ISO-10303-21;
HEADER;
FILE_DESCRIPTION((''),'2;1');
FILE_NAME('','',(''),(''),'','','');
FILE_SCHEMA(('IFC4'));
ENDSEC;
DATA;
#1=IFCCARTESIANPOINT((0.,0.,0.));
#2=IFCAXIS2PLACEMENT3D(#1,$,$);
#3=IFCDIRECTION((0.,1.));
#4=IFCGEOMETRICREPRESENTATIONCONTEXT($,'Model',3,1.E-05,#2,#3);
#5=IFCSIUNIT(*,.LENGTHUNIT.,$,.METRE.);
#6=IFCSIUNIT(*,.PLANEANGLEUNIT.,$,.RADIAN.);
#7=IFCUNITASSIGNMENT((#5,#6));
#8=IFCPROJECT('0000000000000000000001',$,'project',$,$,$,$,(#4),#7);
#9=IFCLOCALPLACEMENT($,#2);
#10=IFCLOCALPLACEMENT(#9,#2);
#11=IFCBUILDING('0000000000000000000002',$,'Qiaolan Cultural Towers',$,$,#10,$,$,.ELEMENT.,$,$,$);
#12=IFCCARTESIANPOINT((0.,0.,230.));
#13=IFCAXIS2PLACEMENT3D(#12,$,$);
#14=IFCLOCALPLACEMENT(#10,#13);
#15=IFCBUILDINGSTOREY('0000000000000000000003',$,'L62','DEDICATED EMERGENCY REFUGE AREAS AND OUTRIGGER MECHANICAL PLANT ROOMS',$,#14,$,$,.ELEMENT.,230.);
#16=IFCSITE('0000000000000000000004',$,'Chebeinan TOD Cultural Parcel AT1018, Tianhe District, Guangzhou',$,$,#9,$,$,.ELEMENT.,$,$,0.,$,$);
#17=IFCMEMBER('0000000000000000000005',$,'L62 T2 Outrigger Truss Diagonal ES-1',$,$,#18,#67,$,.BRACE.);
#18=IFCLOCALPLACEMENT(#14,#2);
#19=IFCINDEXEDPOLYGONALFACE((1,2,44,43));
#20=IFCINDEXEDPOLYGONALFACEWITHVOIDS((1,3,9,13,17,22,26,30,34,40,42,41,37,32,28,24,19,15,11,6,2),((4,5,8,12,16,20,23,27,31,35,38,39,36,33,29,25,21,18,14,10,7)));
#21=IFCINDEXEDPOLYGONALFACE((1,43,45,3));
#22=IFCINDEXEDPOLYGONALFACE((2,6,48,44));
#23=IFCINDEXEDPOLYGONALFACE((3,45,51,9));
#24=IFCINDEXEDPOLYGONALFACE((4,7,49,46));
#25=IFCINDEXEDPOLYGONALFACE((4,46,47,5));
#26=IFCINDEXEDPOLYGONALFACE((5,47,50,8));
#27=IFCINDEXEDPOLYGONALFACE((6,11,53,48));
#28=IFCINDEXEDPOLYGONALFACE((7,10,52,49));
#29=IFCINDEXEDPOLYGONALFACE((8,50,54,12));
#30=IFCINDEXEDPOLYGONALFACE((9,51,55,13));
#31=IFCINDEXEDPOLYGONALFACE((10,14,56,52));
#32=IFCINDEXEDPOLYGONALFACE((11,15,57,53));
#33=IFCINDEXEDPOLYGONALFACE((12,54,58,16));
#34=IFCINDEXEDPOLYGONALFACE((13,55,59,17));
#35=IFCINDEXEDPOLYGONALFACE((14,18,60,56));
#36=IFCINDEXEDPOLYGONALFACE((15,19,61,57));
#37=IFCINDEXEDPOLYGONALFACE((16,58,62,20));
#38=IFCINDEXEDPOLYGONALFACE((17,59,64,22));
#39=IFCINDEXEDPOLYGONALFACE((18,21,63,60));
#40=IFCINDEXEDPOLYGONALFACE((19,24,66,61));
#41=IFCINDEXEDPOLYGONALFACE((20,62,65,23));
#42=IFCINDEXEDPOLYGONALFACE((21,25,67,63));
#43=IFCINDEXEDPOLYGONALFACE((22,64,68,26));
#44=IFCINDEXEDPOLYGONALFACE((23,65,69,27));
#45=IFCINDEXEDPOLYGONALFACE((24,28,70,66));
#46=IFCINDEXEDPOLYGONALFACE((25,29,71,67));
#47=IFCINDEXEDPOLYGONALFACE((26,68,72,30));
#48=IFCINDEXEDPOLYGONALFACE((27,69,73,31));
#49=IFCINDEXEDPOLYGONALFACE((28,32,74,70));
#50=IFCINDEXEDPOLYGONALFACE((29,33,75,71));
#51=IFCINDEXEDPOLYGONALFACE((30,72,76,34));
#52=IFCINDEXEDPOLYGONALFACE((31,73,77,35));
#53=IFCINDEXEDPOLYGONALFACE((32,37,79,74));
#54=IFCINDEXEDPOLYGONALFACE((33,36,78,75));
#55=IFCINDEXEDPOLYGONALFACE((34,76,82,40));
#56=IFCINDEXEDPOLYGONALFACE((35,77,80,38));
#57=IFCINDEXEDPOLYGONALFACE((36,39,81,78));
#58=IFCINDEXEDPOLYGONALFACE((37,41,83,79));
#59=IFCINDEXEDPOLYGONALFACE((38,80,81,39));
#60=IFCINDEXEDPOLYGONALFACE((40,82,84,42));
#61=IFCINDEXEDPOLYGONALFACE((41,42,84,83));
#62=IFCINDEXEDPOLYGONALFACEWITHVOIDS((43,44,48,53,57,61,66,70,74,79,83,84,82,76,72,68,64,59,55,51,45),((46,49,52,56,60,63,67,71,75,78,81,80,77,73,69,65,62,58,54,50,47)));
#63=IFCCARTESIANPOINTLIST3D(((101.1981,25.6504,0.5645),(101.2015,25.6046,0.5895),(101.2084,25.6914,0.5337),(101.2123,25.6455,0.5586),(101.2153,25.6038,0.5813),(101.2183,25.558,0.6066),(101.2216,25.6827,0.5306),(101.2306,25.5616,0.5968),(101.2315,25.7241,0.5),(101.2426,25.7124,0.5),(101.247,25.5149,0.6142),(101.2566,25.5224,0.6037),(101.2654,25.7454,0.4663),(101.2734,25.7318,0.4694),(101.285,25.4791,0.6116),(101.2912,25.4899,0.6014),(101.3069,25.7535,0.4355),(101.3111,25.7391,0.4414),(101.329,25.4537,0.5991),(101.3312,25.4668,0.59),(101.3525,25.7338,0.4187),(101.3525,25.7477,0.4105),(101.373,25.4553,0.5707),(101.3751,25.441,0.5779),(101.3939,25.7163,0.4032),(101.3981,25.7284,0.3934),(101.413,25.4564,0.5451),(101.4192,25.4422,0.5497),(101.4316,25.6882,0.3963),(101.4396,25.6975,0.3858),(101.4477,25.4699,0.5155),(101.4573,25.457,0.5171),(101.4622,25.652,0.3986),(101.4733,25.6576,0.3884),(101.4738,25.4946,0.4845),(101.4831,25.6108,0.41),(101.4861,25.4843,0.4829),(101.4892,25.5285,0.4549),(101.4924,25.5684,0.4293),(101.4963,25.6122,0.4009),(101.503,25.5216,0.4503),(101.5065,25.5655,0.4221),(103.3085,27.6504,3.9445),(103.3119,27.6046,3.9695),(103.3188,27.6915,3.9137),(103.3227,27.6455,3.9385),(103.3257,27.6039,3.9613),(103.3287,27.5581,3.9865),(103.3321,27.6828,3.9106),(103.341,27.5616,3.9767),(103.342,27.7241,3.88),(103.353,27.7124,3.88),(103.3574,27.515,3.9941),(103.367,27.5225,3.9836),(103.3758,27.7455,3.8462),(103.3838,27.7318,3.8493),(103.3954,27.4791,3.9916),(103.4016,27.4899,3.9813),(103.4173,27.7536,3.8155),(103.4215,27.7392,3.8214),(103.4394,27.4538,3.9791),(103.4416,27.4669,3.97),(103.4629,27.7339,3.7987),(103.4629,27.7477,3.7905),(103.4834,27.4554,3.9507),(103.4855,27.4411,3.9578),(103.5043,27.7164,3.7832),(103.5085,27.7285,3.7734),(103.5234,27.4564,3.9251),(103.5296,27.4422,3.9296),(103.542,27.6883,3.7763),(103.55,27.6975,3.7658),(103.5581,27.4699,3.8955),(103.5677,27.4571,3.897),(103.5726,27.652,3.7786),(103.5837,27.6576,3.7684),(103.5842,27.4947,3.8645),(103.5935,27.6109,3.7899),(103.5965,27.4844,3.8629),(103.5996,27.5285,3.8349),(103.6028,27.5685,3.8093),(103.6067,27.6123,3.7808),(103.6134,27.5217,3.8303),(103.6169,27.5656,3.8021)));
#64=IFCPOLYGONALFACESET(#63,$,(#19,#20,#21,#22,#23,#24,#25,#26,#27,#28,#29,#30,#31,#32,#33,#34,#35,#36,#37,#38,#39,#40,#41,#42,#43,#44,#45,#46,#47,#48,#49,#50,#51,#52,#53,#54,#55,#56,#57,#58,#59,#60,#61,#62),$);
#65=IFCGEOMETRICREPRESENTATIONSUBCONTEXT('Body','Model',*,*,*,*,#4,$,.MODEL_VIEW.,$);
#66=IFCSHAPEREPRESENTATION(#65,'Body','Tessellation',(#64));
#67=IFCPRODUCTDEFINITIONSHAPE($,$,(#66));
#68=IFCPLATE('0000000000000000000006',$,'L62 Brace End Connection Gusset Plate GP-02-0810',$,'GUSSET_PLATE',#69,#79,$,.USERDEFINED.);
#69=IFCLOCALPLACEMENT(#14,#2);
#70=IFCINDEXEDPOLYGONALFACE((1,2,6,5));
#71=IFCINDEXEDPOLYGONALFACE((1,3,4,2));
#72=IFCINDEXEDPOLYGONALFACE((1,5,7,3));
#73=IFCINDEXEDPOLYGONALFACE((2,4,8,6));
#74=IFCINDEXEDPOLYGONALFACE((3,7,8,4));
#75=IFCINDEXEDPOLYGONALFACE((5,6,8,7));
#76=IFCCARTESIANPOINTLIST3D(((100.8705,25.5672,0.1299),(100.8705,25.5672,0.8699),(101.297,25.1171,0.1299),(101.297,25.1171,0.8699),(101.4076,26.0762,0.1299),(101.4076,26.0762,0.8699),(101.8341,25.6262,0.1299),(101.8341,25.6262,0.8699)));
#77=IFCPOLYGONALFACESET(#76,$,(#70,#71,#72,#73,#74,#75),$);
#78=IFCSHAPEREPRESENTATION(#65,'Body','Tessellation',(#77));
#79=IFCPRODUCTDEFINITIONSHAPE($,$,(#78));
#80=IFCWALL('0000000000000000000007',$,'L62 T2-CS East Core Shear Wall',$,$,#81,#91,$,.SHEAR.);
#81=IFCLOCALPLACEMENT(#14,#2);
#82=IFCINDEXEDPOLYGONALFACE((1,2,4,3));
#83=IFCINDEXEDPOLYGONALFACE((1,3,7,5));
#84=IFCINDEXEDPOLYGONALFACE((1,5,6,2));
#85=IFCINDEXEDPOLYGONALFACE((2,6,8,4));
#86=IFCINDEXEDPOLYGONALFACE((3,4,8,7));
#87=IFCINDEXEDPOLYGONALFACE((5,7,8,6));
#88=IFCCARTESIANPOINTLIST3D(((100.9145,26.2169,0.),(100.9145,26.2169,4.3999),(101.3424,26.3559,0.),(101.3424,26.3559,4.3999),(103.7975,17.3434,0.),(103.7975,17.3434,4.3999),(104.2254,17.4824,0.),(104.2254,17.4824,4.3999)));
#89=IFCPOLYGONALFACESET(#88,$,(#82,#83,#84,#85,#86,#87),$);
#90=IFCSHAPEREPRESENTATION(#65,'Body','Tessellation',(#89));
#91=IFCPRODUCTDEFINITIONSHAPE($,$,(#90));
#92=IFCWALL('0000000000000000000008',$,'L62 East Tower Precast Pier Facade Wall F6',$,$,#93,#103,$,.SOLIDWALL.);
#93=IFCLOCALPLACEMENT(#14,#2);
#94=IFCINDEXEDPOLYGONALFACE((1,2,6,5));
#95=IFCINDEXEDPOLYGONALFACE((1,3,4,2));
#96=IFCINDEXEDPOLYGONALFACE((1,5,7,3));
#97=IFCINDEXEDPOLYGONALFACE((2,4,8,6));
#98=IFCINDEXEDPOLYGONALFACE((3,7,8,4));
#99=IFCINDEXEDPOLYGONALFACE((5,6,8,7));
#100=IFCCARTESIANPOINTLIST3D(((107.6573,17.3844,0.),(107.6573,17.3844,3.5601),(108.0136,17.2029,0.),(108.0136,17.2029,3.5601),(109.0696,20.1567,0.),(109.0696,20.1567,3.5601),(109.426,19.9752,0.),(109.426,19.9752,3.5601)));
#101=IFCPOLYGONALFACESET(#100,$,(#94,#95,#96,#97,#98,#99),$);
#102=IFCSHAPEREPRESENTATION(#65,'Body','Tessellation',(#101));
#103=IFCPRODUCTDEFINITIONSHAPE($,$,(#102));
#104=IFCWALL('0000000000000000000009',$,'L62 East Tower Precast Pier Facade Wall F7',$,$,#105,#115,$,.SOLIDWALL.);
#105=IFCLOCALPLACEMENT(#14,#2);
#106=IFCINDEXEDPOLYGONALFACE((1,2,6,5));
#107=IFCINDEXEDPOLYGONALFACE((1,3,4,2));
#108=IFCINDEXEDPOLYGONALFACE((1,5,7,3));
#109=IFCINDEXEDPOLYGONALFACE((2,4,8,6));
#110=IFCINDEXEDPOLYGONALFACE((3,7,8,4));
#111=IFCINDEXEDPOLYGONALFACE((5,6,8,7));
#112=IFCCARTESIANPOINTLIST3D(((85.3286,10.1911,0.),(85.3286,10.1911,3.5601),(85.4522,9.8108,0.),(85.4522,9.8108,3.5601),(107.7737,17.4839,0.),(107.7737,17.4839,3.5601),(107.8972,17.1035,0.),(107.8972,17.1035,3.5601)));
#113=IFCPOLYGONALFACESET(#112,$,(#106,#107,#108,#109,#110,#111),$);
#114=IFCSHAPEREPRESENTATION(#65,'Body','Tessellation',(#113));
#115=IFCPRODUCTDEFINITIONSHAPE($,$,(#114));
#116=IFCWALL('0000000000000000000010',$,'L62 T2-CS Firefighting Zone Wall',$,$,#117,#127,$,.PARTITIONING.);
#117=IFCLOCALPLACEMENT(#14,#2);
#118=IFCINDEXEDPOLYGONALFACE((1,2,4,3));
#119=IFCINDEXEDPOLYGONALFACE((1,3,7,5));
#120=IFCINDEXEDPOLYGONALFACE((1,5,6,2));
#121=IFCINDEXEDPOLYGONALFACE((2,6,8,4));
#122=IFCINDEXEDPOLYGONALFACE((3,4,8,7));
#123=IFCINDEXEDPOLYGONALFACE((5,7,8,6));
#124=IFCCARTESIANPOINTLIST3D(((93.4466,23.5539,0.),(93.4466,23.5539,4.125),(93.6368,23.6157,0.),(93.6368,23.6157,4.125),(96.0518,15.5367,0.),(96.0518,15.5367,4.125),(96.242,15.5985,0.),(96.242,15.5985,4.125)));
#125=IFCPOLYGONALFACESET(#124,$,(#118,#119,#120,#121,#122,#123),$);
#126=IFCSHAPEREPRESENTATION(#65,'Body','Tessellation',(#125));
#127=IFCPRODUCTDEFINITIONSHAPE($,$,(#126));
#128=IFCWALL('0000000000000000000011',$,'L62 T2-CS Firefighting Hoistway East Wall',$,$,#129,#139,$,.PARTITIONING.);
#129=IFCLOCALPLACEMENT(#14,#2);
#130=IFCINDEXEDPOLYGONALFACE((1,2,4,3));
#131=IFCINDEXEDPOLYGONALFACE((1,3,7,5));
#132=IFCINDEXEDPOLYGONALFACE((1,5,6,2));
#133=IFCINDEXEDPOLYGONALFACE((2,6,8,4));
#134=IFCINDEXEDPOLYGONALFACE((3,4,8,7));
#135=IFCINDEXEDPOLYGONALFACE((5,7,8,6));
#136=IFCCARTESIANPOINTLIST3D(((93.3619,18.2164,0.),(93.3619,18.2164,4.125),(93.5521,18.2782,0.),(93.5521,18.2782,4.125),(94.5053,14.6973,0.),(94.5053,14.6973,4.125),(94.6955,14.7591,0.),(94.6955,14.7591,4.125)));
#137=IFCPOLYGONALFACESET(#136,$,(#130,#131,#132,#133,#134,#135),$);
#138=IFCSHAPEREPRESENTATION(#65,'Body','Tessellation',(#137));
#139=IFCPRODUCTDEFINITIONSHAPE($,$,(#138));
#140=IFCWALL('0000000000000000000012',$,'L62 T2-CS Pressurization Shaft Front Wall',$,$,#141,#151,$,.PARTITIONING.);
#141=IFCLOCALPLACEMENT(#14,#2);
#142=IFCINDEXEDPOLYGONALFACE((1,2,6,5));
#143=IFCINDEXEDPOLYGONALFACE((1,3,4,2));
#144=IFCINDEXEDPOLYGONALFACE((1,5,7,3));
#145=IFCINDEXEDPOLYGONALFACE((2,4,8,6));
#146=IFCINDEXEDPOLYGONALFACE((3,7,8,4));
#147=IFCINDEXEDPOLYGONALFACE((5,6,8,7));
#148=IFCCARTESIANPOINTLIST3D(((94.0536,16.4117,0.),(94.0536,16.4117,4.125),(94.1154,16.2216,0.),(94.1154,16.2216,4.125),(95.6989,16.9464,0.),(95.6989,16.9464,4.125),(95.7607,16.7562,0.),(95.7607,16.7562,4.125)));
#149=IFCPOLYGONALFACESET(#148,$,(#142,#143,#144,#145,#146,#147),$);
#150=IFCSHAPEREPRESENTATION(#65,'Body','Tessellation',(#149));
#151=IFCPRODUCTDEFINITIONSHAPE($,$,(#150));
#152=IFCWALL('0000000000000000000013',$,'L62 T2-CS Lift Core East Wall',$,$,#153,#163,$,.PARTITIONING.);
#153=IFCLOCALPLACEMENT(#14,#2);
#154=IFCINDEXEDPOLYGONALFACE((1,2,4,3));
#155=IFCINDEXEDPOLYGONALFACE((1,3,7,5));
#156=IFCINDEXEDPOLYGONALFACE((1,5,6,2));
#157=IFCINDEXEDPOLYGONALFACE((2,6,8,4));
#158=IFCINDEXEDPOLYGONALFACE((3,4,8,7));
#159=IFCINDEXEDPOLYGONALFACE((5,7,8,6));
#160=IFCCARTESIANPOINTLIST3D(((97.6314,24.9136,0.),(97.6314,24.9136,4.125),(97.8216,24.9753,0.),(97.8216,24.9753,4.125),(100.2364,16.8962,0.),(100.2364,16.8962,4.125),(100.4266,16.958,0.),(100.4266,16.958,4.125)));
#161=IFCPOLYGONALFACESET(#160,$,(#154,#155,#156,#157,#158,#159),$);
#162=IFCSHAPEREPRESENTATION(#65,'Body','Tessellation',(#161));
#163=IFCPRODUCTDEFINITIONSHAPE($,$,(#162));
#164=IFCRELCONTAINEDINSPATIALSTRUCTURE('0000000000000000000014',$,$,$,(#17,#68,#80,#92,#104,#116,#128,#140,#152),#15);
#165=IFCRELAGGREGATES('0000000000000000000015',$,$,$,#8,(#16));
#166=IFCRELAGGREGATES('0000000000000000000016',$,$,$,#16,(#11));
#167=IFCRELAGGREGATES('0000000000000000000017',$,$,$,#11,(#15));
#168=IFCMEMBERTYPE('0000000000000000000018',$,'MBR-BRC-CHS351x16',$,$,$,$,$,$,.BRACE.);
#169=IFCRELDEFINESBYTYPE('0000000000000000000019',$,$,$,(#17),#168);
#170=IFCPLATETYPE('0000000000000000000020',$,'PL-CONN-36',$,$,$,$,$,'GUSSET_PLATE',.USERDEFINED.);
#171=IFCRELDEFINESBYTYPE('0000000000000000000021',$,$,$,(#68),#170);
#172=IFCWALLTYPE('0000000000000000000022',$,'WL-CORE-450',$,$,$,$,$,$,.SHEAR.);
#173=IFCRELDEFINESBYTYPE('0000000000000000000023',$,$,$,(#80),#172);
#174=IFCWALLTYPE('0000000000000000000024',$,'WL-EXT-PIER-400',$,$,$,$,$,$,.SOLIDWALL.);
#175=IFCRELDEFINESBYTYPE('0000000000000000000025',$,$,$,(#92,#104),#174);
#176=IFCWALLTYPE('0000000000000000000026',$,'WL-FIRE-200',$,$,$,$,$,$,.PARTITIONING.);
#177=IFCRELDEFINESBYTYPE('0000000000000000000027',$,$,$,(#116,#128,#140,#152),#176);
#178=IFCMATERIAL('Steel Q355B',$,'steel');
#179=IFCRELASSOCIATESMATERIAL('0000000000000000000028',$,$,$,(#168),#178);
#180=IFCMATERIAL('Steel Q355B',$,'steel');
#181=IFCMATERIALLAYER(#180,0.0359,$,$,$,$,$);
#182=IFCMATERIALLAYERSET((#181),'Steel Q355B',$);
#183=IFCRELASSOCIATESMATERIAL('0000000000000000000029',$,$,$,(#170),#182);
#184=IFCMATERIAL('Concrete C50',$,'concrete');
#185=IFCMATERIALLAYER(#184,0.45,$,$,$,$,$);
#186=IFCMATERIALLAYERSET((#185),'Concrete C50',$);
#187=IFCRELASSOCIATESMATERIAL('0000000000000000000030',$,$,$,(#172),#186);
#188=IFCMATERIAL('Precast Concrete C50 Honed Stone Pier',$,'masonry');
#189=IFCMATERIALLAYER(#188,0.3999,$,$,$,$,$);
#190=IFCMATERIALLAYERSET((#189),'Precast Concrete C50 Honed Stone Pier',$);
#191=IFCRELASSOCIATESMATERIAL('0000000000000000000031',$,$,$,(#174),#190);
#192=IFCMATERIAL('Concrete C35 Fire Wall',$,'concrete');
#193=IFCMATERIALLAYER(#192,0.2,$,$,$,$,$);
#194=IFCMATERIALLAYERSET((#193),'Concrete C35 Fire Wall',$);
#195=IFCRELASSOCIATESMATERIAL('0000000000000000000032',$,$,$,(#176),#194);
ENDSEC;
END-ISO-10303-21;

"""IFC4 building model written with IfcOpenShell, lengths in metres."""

from ifc_helpers import new_model, si_unit, direction, frame, frame_2d, origin, origin_2d, place, context, subcontext, project, spatial, rectangle, hollow_circle, extrude, material, layer, layer_set, material_profile, profile_set, type_object, element, save


model = new_model("IFC4")

# Units and contexts
model_context = context("Model", 3, precision=1e-05, world=origin(), true_north=direction((0.0, 1.0)))
body_context = subcontext(model_context, "Body", "Model", "MODEL_VIEW")
ifc_project = project(units=[si_unit("LENGTHUNIT", "METRE"), si_unit("PLANEANGLEUNIT", "RADIAN")], contexts=[model_context])

# Site, building, storey
site_placement = place(None, origin())
site = spatial("IfcSite", under=ifc_project, at=site_placement, Name="Chebeinan TOD Cultural Parcel AT1018, Tianhe District, Guangzhou", CompositionType="ELEMENT", RefElevation=0.0)
building_placement = place(site_placement, origin())
building = spatial("IfcBuilding", under=site, at=building_placement, Name="Qiaolan Cultural Towers", CompositionType="ELEMENT")
storey_placement = place(building_placement, frame((0.0, 0.0, 230.0)))
storey = spatial("IfcBuildingStorey", under=building, at=storey_placement, Name="L62", Description="DEDICATED EMERGENCY REFUGE AREAS AND OUTRIGGER MECHANICAL PLANT ROOMS", CompositionType="ELEMENT", Elevation=230.0)

# Member
ifc_material_1 = material(Name="Steel Q355B", Category="steel")
ifc_material_profile_1 = material_profile(ifc_material_1, hollow_circle(Radius=0.1755, WallThickness=0.0161, at=origin_2d()), Name="CHS351x16")
ifc_profile_set_1 = profile_set([ifc_material_profile_1], Name="Steel Q355B")
member_type = type_object("IfcMemberType", Name="MBR-BRC-CHS351x16", PredefinedType="BRACE", material=ifc_profile_set_1)
member_placement = place(storey_placement, frame((101.3523, 25.5967, 0.5), z_axis=(0.473344, 0.448593, 0.758096), x_axis=(-0.687875, 0.725829, 0.0)))
element("IfcMember", 1, at=member_placement, inside=storey, type_object=member_type, Name="L62 T2 Outrigger Truss Diagonal ES-1", PredefinedType="BRACE", context=body_context, shape_type="SweptSolid", body=[
    extrude(hollow_circle(Radius=0.1755, WallThickness=0.0161, at=origin_2d()), origin(), (0.0, 0.0, 1.0), 4.4585),
])

# Plate
ifc_material_2 = material(Name="Steel Q355B", Category="steel")
ifc_layer_1 = layer(ifc_material_2, 0.0359)
ifc_layer_set_1 = layer_set([ifc_layer_1], Name="Steel Q355B")
plate_type = type_object("IfcPlateType", Name="PL-CONN-36", ElementType="GUSSET_PLATE", PredefinedType="USERDEFINED", material=ifc_layer_set_1)
plate_placement = place(storey_placement, frame((101.3523, 25.5967, 0.1299), z_axis=(0.0, 0.0, 1.0), x_axis=(0.725815, 0.68789, 0.0)))
element("IfcPlate", 2, at=plate_placement, inside=storey, type_object=plate_type, Name="L62 Brace End Connection Gusset Plate GP-02-0810", ObjectType="GUSSET_PLATE", PredefinedType="USERDEFINED", context=body_context, shape_type="SweptSolid", body=[
    extrude(rectangle(XDim=0.74, YDim=0.6201, at=origin_2d()), origin(), (0.0, 0.0, 1.0), 0.74),
])

# Walls
ifc_material_3 = material(Name="Concrete C50", Category="concrete")
ifc_layer_2 = layer(ifc_material_3, 0.45)
ifc_layer_set_2 = layer_set([ifc_layer_2], Name="Concrete C50")
wall_type_1 = type_object("IfcWallType", Name="WL-CORE-450", PredefinedType="SHEAR", material=ifc_layer_set_2)
wall_1_placement = place(storey_placement, frame((101.1284, 26.2864, 0.0), z_axis=(0.0, 0.0, 1.0), x_axis=(0.309004, -0.951061, 0.0)))
element("IfcWall", 3, at=wall_1_placement, inside=storey, type_object=wall_type_1, Name="L62 T2-CS East Core Shear Wall", PredefinedType="SHEAR", context=body_context, shape_type="SweptSolid", body=[
    extrude(rectangle(XDim=9.3301, YDim=0.45, at=frame_2d((4.665, 0.0))), origin(), (0.0, 0.0, 1.0), 4.3999),
])
ifc_material_4 = material(Name="Precast Concrete C50 Honed Stone Pier", Category="masonry")
ifc_layer_3 = layer(ifc_material_4, 0.3999)
ifc_layer_set_3 = layer_set([ifc_layer_3], Name="Precast Concrete C50 Honed Stone Pier")
wall_type_2 = type_object("IfcWallType", Name="WL-EXT-PIER-400", PredefinedType="SOLIDWALL", material=ifc_layer_set_3)
wall_2_placement = place(storey_placement, frame((109.2478, 20.0659, 0.0), z_axis=(0.0, 0.0, 1.0), x_axis=(-0.453949, -0.891028, 0.0)))
element("IfcWall", 4, at=wall_2_placement, inside=storey, type_object=wall_type_2, Name="L62 East Tower Precast Pier Facade Wall F6", PredefinedType="SOLIDWALL", context=body_context, shape_type="SweptSolid", body=[
    extrude(rectangle(XDim=3.1113, YDim=0.3999, at=frame_2d((1.5557, 0.0))), origin(), (0.0, 0.0, 1.0), 3.5601),
])
wall_3_placement = place(storey_placement, frame((107.8354, 17.2937, 0.0), z_axis=(0.0, 0.0, 1.0), x_axis=(-0.951058, -0.309012, 0.0)))
element("IfcWall", 5, at=wall_3_placement, inside=storey, type_object=wall_type_2, Name="L62 East Tower Precast Pier Facade Wall F7", PredefinedType="SOLIDWALL", context=body_context, shape_type="SweptSolid", body=[
    extrude(rectangle(XDim=23.6001, YDim=0.3999, at=frame_2d((11.8, 0.0))), origin(), (0.0, 0.0, 1.0), 3.5601),
])
ifc_material_5 = material(Name="Concrete C35 Fire Wall", Category="concrete")
ifc_layer_4 = layer(ifc_material_5, 0.2)
ifc_layer_set_4 = layer_set([ifc_layer_4], Name="Concrete C35 Fire Wall")
wall_type_3 = type_object("IfcWallType", Name="WL-FIRE-200", PredefinedType="PARTITIONING", material=ifc_layer_set_4)
wall_4_placement = place(storey_placement, frame((93.5417, 23.5847, 0.0), z_axis=(0.0, 0.0, 1.0), x_axis=(0.309042, -0.951048, 0.0)))
element("IfcWall", 6, at=wall_4_placement, inside=storey, type_object=wall_type_3, Name="L62 T2-CS Firefighting Zone Wall", PredefinedType="PARTITIONING", context=body_context, shape_type="SweptSolid", body=[
    extrude(rectangle(XDim=8.4299, YDim=0.2, at=frame_2d((4.2148, 0.0))), origin(), (0.0, 0.0, 1.0), 4.125),
])
wall_5_placement = place(storey_placement, frame((93.457, 18.2473, 0.0), z_axis=(0.0, 0.0, 1.0), x_axis=(0.308994, -0.951064, 0.0)))
element("IfcWall", 7, at=wall_5_placement, inside=storey, type_object=wall_type_3, Name="L62 T2-CS Firefighting Hoistway East Wall", PredefinedType="PARTITIONING", context=body_context, shape_type="SweptSolid", body=[
    extrude(rectangle(XDim=3.7002, YDim=0.2, at=frame_2d((1.8501, 0.0))), origin(), (0.0, 0.0, 1.0), 4.125),
])
wall_6_placement = place(storey_placement, frame((94.0845, 16.3167, 0.0), z_axis=(0.0, 0.0, 1.0), x_axis=(0.951041, 0.309064, 0.0)))
element("IfcWall", 8, at=wall_6_placement, inside=storey, type_object=wall_type_3, Name="L62 T2-CS Pressurization Shaft Front Wall", PredefinedType="PARTITIONING", context=body_context, shape_type="SweptSolid", body=[
    extrude(rectangle(XDim=1.73, YDim=0.2, at=frame_2d((0.865, 0.0))), origin(), (0.0, 0.0, 1.0), 4.125),
])
wall_7_placement = place(storey_placement, frame((97.7266, 24.9443, 0.0), z_axis=(0.0, 0.0, 1.0), x_axis=(0.309016, -0.951057, 0.0)))
element("IfcWall", 9, at=wall_7_placement, inside=storey, type_object=wall_type_3, Name="L62 T2-CS Lift Core East Wall", PredefinedType="PARTITIONING", context=body_context, shape_type="SweptSolid", body=[
    extrude(rectangle(XDim=8.4299, YDim=0.2, at=frame_2d((4.2148, 0.0))), origin(), (0.0, 0.0, 1.0), 4.125),
])

save(model, "model.ifc")
